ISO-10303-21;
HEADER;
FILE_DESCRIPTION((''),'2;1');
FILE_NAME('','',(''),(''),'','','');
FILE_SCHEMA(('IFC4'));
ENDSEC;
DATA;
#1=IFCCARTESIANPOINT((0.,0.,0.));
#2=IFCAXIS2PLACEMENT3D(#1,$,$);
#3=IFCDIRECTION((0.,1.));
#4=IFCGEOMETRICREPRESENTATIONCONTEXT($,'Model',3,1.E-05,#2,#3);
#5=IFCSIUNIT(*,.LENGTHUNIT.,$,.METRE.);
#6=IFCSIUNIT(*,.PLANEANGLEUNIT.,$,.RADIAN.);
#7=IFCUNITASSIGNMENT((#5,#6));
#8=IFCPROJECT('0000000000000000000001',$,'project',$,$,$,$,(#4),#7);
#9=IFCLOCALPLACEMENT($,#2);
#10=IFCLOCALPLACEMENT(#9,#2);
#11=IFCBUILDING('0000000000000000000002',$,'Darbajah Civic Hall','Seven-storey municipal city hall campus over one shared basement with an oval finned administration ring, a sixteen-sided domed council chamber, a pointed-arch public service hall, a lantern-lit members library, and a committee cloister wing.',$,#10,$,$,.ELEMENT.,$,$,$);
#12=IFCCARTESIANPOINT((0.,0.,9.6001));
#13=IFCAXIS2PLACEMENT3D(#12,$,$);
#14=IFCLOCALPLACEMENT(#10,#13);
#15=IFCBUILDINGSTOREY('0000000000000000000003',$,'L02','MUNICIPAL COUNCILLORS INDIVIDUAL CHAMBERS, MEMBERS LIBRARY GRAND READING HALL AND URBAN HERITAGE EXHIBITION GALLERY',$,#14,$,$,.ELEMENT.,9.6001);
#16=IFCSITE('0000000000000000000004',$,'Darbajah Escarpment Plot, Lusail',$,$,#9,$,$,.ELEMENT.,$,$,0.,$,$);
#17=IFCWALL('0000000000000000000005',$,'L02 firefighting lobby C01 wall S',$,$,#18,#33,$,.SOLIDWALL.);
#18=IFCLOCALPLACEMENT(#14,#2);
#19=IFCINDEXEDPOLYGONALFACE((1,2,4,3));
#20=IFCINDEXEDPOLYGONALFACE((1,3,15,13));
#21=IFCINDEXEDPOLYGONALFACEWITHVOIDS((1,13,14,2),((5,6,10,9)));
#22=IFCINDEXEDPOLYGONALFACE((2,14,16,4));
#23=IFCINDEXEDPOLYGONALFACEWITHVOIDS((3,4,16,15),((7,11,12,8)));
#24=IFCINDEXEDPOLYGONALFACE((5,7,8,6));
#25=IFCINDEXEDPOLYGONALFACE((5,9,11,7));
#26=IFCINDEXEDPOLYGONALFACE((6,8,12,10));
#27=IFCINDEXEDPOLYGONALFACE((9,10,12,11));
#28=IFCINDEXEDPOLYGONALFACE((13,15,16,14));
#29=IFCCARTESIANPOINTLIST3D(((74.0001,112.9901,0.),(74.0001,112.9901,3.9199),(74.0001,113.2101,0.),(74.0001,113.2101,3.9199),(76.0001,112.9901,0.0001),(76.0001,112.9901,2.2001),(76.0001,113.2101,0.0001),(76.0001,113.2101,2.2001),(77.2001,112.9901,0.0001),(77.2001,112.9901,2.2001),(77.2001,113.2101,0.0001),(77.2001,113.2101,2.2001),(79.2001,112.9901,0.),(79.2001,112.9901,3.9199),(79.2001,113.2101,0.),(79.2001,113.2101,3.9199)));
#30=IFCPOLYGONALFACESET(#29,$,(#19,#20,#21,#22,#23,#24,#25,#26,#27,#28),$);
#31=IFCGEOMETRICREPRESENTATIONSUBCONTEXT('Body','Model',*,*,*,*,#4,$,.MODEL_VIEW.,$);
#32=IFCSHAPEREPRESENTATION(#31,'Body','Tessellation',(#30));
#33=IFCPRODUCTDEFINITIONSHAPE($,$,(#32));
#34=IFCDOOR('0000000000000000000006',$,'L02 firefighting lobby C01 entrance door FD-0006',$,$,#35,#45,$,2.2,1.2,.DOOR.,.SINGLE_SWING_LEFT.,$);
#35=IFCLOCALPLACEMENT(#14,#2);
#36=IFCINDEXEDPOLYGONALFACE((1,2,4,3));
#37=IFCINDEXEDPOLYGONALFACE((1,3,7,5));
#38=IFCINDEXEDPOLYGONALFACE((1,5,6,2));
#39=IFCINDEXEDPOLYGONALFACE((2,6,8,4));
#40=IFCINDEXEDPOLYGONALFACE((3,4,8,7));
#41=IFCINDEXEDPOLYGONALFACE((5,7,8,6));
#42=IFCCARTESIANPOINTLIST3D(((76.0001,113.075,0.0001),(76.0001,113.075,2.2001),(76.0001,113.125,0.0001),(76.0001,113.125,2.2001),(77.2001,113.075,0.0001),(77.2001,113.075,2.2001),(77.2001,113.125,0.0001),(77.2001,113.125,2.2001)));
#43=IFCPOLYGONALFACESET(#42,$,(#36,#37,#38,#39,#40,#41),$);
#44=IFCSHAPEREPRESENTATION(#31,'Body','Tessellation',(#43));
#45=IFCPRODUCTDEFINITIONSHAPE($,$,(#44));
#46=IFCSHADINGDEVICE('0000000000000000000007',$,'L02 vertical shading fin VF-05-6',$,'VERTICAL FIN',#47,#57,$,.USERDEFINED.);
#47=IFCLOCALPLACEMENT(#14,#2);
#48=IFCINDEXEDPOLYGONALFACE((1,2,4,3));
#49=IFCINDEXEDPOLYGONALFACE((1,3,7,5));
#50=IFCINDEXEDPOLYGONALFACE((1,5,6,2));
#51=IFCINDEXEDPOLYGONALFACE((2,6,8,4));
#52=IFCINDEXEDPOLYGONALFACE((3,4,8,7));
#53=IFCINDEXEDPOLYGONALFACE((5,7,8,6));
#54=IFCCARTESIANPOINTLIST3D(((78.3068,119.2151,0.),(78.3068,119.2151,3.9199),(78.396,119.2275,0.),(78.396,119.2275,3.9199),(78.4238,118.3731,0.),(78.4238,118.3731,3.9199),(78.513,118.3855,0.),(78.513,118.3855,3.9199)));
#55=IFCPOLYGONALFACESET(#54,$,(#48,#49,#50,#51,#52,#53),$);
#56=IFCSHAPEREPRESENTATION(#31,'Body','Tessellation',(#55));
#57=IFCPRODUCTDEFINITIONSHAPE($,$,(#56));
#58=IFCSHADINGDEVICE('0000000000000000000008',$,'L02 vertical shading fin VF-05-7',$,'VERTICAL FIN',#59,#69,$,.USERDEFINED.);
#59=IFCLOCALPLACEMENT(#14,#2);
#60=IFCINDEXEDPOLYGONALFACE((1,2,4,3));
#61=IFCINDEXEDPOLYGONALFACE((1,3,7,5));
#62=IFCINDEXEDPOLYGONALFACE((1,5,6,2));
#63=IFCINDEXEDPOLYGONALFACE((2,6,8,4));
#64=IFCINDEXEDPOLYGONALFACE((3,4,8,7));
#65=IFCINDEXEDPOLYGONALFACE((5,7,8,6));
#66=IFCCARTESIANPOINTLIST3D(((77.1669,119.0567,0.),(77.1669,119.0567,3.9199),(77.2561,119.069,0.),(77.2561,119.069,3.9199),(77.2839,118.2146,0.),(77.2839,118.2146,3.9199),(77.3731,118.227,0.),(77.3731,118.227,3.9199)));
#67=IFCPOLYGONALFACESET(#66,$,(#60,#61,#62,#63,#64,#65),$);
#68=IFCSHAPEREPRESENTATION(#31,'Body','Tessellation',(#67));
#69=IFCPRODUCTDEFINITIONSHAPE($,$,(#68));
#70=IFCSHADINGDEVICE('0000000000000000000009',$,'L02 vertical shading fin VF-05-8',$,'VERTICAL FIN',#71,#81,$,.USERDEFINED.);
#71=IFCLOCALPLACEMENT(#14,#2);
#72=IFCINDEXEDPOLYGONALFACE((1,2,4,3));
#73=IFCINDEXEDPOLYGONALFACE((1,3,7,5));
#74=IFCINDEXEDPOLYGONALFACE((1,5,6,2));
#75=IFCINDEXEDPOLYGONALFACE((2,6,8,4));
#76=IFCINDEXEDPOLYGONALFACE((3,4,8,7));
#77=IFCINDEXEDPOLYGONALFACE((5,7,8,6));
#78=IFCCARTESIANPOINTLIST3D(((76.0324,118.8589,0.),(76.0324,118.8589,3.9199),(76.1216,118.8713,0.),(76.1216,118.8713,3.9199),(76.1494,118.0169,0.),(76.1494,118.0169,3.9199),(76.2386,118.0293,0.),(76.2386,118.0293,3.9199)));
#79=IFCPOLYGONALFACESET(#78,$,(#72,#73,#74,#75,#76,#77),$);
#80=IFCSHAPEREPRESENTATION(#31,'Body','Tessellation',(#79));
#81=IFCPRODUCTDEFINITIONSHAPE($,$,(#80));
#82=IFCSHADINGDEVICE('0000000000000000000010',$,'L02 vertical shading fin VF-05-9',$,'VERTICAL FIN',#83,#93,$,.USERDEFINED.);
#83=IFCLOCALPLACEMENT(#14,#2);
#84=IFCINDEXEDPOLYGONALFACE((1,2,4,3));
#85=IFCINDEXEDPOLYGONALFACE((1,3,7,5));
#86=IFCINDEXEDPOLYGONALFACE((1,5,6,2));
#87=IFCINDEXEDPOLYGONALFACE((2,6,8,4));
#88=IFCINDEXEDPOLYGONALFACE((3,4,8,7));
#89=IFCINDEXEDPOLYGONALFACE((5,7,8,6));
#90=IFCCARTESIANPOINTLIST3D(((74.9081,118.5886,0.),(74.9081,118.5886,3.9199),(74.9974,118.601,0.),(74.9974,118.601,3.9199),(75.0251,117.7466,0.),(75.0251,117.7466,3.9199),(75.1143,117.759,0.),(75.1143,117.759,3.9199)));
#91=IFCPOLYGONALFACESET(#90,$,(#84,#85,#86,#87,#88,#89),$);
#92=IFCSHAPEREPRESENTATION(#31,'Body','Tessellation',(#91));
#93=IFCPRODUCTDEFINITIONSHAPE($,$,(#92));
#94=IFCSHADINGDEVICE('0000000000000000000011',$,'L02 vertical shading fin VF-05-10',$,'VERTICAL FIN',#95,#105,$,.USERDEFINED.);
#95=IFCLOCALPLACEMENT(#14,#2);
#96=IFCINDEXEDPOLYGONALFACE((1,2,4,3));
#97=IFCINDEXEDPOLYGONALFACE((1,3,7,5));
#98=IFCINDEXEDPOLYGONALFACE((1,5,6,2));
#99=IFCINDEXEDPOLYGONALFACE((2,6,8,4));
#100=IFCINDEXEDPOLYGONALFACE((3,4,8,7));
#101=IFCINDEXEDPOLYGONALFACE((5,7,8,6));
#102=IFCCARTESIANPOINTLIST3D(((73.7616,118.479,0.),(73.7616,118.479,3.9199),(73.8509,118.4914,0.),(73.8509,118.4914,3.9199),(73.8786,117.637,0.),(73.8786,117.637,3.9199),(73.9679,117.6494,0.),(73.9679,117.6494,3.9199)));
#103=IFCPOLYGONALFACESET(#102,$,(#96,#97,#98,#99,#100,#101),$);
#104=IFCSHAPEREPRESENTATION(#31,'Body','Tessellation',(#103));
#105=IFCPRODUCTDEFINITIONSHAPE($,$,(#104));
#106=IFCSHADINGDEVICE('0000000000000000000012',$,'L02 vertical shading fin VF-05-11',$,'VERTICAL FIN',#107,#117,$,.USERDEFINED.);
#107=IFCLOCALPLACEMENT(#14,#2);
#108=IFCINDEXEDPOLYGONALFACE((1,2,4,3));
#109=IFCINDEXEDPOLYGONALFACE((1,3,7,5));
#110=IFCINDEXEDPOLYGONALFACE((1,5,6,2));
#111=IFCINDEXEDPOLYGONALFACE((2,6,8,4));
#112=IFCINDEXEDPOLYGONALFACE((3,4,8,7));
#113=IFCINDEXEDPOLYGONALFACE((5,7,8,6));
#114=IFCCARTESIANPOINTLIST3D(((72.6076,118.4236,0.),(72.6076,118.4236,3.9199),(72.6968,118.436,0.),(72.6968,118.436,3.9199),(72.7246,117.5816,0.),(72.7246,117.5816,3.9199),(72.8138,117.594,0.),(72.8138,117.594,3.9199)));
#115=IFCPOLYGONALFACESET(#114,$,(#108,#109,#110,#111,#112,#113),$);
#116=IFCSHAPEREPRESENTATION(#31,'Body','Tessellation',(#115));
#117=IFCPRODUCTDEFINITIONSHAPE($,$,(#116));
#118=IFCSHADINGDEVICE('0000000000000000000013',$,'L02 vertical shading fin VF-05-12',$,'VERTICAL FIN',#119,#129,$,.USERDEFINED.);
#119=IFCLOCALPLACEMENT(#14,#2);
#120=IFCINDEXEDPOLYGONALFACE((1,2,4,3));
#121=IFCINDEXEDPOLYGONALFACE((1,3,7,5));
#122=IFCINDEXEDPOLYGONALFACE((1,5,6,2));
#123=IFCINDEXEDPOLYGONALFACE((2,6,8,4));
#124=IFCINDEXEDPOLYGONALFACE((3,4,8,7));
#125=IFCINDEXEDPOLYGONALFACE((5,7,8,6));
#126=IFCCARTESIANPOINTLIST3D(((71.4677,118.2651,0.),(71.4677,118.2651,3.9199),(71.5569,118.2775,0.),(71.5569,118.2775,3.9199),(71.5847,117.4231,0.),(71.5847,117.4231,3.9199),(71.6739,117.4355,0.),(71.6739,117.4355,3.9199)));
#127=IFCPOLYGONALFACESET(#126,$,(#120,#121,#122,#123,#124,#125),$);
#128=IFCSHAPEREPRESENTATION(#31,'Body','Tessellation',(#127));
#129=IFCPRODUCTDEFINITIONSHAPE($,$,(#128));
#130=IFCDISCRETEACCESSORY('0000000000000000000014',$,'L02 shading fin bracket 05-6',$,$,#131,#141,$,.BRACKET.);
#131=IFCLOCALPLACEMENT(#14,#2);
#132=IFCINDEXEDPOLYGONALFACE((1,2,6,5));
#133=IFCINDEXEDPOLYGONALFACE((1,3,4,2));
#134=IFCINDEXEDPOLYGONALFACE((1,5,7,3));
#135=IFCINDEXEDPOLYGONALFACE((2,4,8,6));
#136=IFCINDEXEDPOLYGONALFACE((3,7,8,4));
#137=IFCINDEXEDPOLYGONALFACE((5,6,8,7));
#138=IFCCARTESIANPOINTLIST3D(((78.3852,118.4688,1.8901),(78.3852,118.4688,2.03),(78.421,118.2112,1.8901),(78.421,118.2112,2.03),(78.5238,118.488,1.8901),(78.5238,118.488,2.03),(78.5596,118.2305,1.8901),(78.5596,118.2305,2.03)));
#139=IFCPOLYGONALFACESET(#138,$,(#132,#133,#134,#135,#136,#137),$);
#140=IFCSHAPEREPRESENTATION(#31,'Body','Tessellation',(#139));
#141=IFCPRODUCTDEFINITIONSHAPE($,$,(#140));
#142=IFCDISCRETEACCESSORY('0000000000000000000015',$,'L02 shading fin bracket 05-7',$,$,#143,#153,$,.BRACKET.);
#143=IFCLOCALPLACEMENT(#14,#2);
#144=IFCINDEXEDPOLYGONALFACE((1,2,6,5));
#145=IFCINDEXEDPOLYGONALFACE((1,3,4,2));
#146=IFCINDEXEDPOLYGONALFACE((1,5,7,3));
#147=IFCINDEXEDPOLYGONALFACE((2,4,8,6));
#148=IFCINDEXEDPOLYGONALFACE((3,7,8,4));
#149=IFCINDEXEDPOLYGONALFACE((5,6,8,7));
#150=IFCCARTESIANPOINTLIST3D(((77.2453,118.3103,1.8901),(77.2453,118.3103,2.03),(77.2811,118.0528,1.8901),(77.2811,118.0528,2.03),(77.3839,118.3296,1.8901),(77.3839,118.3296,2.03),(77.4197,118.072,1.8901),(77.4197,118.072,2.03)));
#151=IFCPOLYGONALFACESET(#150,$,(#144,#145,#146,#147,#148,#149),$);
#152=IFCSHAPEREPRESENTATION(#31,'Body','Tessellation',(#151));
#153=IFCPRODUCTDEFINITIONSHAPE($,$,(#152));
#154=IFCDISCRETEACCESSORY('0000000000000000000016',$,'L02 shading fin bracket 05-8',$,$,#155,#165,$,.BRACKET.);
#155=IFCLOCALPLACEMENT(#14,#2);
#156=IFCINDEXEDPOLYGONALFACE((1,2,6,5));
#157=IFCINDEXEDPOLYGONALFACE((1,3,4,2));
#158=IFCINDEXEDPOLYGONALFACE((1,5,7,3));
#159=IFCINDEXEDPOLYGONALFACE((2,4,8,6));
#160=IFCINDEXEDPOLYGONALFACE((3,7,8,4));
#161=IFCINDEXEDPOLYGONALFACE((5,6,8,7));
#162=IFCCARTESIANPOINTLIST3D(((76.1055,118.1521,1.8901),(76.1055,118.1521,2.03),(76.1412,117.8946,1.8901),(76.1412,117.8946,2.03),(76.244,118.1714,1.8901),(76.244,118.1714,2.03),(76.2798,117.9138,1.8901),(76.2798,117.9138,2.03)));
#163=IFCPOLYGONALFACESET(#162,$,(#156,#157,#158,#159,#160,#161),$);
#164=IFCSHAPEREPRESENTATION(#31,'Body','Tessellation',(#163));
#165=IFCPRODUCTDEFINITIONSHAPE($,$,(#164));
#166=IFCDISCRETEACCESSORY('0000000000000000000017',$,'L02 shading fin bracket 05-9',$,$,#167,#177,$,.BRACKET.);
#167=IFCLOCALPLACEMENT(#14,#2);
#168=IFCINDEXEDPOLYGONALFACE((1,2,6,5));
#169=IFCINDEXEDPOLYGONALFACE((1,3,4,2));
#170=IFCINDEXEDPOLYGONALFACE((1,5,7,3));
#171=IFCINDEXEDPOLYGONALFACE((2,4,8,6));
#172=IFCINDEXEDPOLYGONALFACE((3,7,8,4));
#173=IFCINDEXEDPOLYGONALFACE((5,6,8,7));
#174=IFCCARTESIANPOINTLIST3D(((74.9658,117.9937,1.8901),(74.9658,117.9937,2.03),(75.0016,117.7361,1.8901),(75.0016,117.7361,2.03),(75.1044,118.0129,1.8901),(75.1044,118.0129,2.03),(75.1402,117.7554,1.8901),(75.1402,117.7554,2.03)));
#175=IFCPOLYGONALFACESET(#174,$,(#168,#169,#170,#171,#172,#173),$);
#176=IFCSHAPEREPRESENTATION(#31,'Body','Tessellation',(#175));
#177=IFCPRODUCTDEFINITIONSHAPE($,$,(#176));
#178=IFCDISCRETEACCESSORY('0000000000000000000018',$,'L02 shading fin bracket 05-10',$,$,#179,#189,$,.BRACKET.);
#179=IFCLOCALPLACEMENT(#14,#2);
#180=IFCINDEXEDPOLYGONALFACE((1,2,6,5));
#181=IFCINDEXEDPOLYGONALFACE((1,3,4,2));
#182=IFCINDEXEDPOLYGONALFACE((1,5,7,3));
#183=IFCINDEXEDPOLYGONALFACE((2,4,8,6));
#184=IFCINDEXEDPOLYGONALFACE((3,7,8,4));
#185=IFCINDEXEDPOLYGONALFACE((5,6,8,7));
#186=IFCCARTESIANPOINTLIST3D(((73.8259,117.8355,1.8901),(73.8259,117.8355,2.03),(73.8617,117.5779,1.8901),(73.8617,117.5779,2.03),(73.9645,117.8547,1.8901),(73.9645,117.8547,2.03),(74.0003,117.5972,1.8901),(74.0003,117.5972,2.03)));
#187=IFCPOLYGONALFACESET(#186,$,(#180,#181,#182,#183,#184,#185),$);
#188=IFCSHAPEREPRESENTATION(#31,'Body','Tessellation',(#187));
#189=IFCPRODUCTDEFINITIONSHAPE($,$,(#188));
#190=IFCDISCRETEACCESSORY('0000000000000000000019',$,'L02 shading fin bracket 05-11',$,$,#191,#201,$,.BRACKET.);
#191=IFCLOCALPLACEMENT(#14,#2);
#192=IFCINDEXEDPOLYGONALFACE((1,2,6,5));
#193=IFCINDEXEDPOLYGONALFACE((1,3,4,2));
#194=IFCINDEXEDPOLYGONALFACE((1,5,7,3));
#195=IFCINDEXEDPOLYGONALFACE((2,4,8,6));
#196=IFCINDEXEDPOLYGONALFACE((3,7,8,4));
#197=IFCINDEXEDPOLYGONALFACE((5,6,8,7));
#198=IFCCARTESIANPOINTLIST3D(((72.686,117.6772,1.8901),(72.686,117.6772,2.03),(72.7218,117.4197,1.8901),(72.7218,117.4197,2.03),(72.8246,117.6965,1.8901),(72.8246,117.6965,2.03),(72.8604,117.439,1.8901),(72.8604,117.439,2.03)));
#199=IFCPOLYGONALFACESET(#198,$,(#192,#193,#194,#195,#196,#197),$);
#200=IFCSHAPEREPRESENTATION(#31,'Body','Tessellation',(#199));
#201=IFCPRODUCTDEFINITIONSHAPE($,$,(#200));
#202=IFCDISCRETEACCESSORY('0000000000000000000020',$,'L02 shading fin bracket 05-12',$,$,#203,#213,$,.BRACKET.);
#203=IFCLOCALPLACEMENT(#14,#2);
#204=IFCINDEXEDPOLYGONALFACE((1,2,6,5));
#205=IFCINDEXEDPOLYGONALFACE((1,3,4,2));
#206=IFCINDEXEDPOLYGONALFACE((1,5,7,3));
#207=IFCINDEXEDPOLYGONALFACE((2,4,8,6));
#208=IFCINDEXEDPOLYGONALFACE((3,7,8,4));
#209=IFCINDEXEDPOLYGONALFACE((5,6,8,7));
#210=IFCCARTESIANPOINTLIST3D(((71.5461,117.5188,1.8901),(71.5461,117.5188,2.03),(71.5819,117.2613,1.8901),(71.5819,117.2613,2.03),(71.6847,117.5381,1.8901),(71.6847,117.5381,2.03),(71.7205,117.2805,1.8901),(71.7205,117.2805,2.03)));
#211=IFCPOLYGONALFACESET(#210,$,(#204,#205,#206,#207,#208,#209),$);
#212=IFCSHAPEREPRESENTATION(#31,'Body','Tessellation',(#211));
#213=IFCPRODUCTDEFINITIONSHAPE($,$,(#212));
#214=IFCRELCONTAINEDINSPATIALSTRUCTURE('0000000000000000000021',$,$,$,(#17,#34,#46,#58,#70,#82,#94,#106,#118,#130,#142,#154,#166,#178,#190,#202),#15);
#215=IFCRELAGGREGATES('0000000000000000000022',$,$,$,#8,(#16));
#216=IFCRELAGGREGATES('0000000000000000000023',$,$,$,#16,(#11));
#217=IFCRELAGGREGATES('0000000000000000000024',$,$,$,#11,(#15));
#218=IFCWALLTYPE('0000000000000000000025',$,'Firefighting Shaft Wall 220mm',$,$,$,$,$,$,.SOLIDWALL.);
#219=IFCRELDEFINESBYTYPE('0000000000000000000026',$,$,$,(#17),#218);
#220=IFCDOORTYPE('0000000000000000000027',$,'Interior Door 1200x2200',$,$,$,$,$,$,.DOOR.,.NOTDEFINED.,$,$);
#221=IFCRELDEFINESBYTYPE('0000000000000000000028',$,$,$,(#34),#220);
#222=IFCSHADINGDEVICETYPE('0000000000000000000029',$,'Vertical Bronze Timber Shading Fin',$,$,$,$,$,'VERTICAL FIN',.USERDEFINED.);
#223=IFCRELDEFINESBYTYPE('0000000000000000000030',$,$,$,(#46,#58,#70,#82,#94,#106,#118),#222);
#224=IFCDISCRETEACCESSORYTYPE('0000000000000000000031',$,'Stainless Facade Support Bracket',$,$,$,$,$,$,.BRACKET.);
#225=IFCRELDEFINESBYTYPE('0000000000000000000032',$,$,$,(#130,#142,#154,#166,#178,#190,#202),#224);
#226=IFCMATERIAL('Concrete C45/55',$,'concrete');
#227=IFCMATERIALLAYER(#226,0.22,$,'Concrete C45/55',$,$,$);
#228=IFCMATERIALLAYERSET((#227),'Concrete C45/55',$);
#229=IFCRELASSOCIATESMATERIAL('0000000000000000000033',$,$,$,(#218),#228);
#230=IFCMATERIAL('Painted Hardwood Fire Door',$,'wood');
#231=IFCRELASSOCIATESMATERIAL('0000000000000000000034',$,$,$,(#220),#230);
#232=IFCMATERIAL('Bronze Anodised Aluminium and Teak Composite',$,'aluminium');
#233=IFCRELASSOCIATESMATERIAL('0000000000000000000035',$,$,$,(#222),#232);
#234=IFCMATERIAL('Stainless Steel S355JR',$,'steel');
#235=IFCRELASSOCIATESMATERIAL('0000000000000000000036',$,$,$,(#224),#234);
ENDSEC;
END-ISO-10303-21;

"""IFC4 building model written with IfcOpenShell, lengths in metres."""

from ifc_helpers import new_model, si_unit, direction, frame, frame_2d, origin, origin_2d, place, context, subcontext, project, spatial, rectangle, extrude, material, layer, layer_set, type_object, element, fill, save


model = new_model("IFC4")

# Units and contexts
model_context = context("Model", 3, precision=1e-05, world=origin(), true_north=direction((0.0, 1.0)))
body_context = subcontext(model_context, "Body", "Model", "MODEL_VIEW")
ifc_project = project(units=[si_unit("LENGTHUNIT", "METRE"), si_unit("PLANEANGLEUNIT", "RADIAN")], contexts=[model_context])

# Site, building, storey
site_placement = place(None, origin())
site = spatial("IfcSite", under=ifc_project, at=site_placement, Name="Darbajah Escarpment Plot, Lusail", CompositionType="ELEMENT", RefElevation=0.0)
building_placement = place(site_placement, origin())
building = spatial("IfcBuilding", under=site, at=building_placement, Name="Darbajah Civic Hall", Description="Seven-storey municipal city hall campus over one shared basement with an oval finned administration ring, a sixteen-sided domed council chamber, a pointed-arch public service hall, a lantern-lit members library, and a committee cloister wing.", CompositionType="ELEMENT")
storey_placement = place(building_placement, frame((0.0, 0.0, 9.6001)))
storey = spatial("IfcBuildingStorey", under=building, at=storey_placement, Name="L02", Description="MUNICIPAL COUNCILLORS INDIVIDUAL CHAMBERS, MEMBERS LIBRARY GRAND READING HALL AND URBAN HERITAGE EXHIBITION GALLERY", CompositionType="ELEMENT", Elevation=9.6001)

# Shared definitions
ifc_material_1 = material(Name="Concrete C45/55", Category="concrete")

# Wall, opening, door
ifc_layer_1 = layer(ifc_material_1, 0.22, Name="Concrete C45/55")
ifc_layer_set_1 = layer_set([ifc_layer_1], Name="Concrete C45/55")
wall_type_1 = type_object("IfcWallType", Name="Firefighting Shaft Wall 220mm", PredefinedType="SOLIDWALL", material=ifc_layer_set_1)
wall_1_placement = place(storey_placement, frame((74.0, 113.1001, 0.0), z_axis=(0.0, 0.0, 1.0), x_axis=(1.0, 0.0, 0.0)))
wall_1 = element("IfcWall", 1, at=wall_1_placement, inside=storey, type_object=wall_type_1, Name="L02 firefighting lobby C01 wall S", PredefinedType="SOLIDWALL", context=body_context, shape_type="SweptSolid", body=[
    extrude(rectangle(XDim=5.2, YDim=0.22, at=frame_2d((2.6001, 0.0))), origin(), (0.0, 0.0, 1.0), 3.9199),
])
opening_1_placement = place(wall_1_placement, frame((2.0, 0.0, 0.0)))
opening_1 = element("IfcOpeningElement", 2, at=opening_1_placement, cuts=wall_1, PredefinedType="OPENING", context=body_context, shape_type="SweptSolid", body=[
    extrude(rectangle(XDim=1.2, YDim=2.2, at=frame_2d((0.6001, 1.1001))), frame((0.0, 0.1199, 0.0), z_axis=(0.0, -1.0, 0.0), x_axis=(1.0, 0.0, 0.0)), (0.0, 0.0, 1.0), 0.24),
])
ifc_material_2 = material(Name="Painted Hardwood Fire Door", Category="wood")
door_type_1 = type_object("IfcDoorType", Name="Interior Door 1200x2200", OperationType="NOTDEFINED", PredefinedType="DOOR", material=ifc_material_2)
door_1_placement = place(opening_1_placement, origin())
door_1 = element("IfcDoor", 3, at=door_1_placement, inside=storey, type_object=door_type_1, Name="L02 firefighting lobby C01 entrance door FD-0006", OperationType="SINGLE_SWING_LEFT", OverallHeight=2.2, OverallWidth=1.2, PredefinedType="DOOR", context=body_context, shape_type="SweptSolid", body=[
    extrude(rectangle(XDim=1.2, YDim=2.2, at=frame_2d((0.6001, 1.1001))), frame((0.0, 0.0249, 0.0), z_axis=(0.0, -1.0, 0.0), x_axis=(1.0, 0.0, 0.0)), (0.0, 0.0, 1.0), 0.05),
])
fill(opening_1, door_1)

# Shading devices
ifc_material_3 = material(Name="Bronze Anodised Aluminium and Teak Composite", Category="aluminium")
shading_device_type = type_object("IfcShadingDeviceType", Name="Vertical Bronze Timber Shading Fin", ElementType="VERTICAL FIN", PredefinedType="USERDEFINED", material=ifc_material_3)
for number, where, z_axis, x_axis, name in (
    (4, (78.4099, 118.8003, 0.0), (0.0, 0.0, 1.0), (-0.137617, 0.990485, 0.0), "L02 vertical shading fin VF-05-6"),
    (5, (77.27, 118.6418, 0.0), (0.0, 0.0, 1.0), (-0.137617, 0.990485, 0.0), "L02 vertical shading fin VF-05-7"),
    (6, (76.1355, 118.4441, 0.0), (0.0, 0.0, 1.0), (-0.137617, 0.990485, 0.0), "L02 vertical shading fin VF-05-8"),
    (7, (75.0112, 118.1738, 0.0), (0.0, 0.0, 1.0), (-0.137617, 0.990485, 0.0), "L02 vertical shading fin VF-05-9"),
    (8, (73.8647, 118.0642, 0.0), (0.0, 0.0, 1.0), (-0.137617, 0.990485, 0.0), "L02 vertical shading fin VF-05-10"),
    (9, (72.7107, 118.0088, 0.0), (0.0, 0.0, 1.0), (-0.137617, 0.990485, 0.0), "L02 vertical shading fin VF-05-11"),
    (10, (71.5708, 117.8503, 0.0), (0.0, 0.0, 1.0), (-0.137617, 0.990485, 0.0), "L02 vertical shading fin VF-05-12"),
):
    element("IfcShadingDevice", number, at=place(storey_placement, frame(where, z_axis=z_axis, x_axis=x_axis)), inside=storey, type_object=shading_device_type, Name=name, ObjectType="VERTICAL FIN", PredefinedType="USERDEFINED", context=body_context, shape_type="SweptSolid", body=[
        extrude(rectangle(XDim=0.8501, YDim=0.0901, at=origin_2d()), origin(), (0.0, 0.0, 1.0), 3.9199),
    ])

# Discrete accessories
ifc_material_4 = material(Name="Stainless Steel S355JR", Category="steel")
discrete_accessory_type = type_object("IfcDiscreteAccessoryType", Name="Stainless Facade Support Bracket", PredefinedType="BRACKET", material=ifc_material_4)
for number, where, z_axis, x_axis, name in (
    (11, (78.4724, 118.3496, 1.8901), (0.0, 0.0, 1.0), (-0.137617, 0.990485, 0.0), "L02 shading fin bracket 05-6"),
    (12, (77.3325, 118.1912, 1.8901), (0.0, 0.0, 1.0), (-0.137617, 0.990485, 0.0), "L02 shading fin bracket 05-7"),
    (13, (76.1926, 118.033, 1.8901), (0.0, 0.0, 1.0), (-0.137617, 0.990485, 0.0), "L02 shading fin bracket 05-8"),
    (14, (75.053, 117.8745, 1.8901), (0.0, 0.0, 1.0), (-0.137617, 0.990485, 0.0), "L02 shading fin bracket 05-9"),
    (15, (73.9131, 117.7163, 1.8901), (0.0, 0.0, 1.0), (-0.137617, 0.990485, 0.0), "L02 shading fin bracket 05-10"),
    (16, (72.7732, 117.5581, 1.8901), (0.0, 0.0, 1.0), (-0.137617, 0.990485, 0.0), "L02 shading fin bracket 05-11"),
    (17, (71.6333, 117.3997, 1.8901), (0.0, 0.0, 1.0), (-0.137617, 0.990485, 0.0), "L02 shading fin bracket 05-12"),
):
    element("IfcDiscreteAccessory", number, at=place(storey_placement, frame(where, z_axis=z_axis, x_axis=x_axis)), inside=storey, type_object=discrete_accessory_type, Name=name, PredefinedType="BRACKET", context=body_context, shape_type="SweptSolid", body=[
        extrude(rectangle(XDim=0.26, YDim=0.1399, at=origin_2d()), origin(), (0.0, 0.0, 1.0), 0.1399),
    ])

save(model, "model.ifc")
